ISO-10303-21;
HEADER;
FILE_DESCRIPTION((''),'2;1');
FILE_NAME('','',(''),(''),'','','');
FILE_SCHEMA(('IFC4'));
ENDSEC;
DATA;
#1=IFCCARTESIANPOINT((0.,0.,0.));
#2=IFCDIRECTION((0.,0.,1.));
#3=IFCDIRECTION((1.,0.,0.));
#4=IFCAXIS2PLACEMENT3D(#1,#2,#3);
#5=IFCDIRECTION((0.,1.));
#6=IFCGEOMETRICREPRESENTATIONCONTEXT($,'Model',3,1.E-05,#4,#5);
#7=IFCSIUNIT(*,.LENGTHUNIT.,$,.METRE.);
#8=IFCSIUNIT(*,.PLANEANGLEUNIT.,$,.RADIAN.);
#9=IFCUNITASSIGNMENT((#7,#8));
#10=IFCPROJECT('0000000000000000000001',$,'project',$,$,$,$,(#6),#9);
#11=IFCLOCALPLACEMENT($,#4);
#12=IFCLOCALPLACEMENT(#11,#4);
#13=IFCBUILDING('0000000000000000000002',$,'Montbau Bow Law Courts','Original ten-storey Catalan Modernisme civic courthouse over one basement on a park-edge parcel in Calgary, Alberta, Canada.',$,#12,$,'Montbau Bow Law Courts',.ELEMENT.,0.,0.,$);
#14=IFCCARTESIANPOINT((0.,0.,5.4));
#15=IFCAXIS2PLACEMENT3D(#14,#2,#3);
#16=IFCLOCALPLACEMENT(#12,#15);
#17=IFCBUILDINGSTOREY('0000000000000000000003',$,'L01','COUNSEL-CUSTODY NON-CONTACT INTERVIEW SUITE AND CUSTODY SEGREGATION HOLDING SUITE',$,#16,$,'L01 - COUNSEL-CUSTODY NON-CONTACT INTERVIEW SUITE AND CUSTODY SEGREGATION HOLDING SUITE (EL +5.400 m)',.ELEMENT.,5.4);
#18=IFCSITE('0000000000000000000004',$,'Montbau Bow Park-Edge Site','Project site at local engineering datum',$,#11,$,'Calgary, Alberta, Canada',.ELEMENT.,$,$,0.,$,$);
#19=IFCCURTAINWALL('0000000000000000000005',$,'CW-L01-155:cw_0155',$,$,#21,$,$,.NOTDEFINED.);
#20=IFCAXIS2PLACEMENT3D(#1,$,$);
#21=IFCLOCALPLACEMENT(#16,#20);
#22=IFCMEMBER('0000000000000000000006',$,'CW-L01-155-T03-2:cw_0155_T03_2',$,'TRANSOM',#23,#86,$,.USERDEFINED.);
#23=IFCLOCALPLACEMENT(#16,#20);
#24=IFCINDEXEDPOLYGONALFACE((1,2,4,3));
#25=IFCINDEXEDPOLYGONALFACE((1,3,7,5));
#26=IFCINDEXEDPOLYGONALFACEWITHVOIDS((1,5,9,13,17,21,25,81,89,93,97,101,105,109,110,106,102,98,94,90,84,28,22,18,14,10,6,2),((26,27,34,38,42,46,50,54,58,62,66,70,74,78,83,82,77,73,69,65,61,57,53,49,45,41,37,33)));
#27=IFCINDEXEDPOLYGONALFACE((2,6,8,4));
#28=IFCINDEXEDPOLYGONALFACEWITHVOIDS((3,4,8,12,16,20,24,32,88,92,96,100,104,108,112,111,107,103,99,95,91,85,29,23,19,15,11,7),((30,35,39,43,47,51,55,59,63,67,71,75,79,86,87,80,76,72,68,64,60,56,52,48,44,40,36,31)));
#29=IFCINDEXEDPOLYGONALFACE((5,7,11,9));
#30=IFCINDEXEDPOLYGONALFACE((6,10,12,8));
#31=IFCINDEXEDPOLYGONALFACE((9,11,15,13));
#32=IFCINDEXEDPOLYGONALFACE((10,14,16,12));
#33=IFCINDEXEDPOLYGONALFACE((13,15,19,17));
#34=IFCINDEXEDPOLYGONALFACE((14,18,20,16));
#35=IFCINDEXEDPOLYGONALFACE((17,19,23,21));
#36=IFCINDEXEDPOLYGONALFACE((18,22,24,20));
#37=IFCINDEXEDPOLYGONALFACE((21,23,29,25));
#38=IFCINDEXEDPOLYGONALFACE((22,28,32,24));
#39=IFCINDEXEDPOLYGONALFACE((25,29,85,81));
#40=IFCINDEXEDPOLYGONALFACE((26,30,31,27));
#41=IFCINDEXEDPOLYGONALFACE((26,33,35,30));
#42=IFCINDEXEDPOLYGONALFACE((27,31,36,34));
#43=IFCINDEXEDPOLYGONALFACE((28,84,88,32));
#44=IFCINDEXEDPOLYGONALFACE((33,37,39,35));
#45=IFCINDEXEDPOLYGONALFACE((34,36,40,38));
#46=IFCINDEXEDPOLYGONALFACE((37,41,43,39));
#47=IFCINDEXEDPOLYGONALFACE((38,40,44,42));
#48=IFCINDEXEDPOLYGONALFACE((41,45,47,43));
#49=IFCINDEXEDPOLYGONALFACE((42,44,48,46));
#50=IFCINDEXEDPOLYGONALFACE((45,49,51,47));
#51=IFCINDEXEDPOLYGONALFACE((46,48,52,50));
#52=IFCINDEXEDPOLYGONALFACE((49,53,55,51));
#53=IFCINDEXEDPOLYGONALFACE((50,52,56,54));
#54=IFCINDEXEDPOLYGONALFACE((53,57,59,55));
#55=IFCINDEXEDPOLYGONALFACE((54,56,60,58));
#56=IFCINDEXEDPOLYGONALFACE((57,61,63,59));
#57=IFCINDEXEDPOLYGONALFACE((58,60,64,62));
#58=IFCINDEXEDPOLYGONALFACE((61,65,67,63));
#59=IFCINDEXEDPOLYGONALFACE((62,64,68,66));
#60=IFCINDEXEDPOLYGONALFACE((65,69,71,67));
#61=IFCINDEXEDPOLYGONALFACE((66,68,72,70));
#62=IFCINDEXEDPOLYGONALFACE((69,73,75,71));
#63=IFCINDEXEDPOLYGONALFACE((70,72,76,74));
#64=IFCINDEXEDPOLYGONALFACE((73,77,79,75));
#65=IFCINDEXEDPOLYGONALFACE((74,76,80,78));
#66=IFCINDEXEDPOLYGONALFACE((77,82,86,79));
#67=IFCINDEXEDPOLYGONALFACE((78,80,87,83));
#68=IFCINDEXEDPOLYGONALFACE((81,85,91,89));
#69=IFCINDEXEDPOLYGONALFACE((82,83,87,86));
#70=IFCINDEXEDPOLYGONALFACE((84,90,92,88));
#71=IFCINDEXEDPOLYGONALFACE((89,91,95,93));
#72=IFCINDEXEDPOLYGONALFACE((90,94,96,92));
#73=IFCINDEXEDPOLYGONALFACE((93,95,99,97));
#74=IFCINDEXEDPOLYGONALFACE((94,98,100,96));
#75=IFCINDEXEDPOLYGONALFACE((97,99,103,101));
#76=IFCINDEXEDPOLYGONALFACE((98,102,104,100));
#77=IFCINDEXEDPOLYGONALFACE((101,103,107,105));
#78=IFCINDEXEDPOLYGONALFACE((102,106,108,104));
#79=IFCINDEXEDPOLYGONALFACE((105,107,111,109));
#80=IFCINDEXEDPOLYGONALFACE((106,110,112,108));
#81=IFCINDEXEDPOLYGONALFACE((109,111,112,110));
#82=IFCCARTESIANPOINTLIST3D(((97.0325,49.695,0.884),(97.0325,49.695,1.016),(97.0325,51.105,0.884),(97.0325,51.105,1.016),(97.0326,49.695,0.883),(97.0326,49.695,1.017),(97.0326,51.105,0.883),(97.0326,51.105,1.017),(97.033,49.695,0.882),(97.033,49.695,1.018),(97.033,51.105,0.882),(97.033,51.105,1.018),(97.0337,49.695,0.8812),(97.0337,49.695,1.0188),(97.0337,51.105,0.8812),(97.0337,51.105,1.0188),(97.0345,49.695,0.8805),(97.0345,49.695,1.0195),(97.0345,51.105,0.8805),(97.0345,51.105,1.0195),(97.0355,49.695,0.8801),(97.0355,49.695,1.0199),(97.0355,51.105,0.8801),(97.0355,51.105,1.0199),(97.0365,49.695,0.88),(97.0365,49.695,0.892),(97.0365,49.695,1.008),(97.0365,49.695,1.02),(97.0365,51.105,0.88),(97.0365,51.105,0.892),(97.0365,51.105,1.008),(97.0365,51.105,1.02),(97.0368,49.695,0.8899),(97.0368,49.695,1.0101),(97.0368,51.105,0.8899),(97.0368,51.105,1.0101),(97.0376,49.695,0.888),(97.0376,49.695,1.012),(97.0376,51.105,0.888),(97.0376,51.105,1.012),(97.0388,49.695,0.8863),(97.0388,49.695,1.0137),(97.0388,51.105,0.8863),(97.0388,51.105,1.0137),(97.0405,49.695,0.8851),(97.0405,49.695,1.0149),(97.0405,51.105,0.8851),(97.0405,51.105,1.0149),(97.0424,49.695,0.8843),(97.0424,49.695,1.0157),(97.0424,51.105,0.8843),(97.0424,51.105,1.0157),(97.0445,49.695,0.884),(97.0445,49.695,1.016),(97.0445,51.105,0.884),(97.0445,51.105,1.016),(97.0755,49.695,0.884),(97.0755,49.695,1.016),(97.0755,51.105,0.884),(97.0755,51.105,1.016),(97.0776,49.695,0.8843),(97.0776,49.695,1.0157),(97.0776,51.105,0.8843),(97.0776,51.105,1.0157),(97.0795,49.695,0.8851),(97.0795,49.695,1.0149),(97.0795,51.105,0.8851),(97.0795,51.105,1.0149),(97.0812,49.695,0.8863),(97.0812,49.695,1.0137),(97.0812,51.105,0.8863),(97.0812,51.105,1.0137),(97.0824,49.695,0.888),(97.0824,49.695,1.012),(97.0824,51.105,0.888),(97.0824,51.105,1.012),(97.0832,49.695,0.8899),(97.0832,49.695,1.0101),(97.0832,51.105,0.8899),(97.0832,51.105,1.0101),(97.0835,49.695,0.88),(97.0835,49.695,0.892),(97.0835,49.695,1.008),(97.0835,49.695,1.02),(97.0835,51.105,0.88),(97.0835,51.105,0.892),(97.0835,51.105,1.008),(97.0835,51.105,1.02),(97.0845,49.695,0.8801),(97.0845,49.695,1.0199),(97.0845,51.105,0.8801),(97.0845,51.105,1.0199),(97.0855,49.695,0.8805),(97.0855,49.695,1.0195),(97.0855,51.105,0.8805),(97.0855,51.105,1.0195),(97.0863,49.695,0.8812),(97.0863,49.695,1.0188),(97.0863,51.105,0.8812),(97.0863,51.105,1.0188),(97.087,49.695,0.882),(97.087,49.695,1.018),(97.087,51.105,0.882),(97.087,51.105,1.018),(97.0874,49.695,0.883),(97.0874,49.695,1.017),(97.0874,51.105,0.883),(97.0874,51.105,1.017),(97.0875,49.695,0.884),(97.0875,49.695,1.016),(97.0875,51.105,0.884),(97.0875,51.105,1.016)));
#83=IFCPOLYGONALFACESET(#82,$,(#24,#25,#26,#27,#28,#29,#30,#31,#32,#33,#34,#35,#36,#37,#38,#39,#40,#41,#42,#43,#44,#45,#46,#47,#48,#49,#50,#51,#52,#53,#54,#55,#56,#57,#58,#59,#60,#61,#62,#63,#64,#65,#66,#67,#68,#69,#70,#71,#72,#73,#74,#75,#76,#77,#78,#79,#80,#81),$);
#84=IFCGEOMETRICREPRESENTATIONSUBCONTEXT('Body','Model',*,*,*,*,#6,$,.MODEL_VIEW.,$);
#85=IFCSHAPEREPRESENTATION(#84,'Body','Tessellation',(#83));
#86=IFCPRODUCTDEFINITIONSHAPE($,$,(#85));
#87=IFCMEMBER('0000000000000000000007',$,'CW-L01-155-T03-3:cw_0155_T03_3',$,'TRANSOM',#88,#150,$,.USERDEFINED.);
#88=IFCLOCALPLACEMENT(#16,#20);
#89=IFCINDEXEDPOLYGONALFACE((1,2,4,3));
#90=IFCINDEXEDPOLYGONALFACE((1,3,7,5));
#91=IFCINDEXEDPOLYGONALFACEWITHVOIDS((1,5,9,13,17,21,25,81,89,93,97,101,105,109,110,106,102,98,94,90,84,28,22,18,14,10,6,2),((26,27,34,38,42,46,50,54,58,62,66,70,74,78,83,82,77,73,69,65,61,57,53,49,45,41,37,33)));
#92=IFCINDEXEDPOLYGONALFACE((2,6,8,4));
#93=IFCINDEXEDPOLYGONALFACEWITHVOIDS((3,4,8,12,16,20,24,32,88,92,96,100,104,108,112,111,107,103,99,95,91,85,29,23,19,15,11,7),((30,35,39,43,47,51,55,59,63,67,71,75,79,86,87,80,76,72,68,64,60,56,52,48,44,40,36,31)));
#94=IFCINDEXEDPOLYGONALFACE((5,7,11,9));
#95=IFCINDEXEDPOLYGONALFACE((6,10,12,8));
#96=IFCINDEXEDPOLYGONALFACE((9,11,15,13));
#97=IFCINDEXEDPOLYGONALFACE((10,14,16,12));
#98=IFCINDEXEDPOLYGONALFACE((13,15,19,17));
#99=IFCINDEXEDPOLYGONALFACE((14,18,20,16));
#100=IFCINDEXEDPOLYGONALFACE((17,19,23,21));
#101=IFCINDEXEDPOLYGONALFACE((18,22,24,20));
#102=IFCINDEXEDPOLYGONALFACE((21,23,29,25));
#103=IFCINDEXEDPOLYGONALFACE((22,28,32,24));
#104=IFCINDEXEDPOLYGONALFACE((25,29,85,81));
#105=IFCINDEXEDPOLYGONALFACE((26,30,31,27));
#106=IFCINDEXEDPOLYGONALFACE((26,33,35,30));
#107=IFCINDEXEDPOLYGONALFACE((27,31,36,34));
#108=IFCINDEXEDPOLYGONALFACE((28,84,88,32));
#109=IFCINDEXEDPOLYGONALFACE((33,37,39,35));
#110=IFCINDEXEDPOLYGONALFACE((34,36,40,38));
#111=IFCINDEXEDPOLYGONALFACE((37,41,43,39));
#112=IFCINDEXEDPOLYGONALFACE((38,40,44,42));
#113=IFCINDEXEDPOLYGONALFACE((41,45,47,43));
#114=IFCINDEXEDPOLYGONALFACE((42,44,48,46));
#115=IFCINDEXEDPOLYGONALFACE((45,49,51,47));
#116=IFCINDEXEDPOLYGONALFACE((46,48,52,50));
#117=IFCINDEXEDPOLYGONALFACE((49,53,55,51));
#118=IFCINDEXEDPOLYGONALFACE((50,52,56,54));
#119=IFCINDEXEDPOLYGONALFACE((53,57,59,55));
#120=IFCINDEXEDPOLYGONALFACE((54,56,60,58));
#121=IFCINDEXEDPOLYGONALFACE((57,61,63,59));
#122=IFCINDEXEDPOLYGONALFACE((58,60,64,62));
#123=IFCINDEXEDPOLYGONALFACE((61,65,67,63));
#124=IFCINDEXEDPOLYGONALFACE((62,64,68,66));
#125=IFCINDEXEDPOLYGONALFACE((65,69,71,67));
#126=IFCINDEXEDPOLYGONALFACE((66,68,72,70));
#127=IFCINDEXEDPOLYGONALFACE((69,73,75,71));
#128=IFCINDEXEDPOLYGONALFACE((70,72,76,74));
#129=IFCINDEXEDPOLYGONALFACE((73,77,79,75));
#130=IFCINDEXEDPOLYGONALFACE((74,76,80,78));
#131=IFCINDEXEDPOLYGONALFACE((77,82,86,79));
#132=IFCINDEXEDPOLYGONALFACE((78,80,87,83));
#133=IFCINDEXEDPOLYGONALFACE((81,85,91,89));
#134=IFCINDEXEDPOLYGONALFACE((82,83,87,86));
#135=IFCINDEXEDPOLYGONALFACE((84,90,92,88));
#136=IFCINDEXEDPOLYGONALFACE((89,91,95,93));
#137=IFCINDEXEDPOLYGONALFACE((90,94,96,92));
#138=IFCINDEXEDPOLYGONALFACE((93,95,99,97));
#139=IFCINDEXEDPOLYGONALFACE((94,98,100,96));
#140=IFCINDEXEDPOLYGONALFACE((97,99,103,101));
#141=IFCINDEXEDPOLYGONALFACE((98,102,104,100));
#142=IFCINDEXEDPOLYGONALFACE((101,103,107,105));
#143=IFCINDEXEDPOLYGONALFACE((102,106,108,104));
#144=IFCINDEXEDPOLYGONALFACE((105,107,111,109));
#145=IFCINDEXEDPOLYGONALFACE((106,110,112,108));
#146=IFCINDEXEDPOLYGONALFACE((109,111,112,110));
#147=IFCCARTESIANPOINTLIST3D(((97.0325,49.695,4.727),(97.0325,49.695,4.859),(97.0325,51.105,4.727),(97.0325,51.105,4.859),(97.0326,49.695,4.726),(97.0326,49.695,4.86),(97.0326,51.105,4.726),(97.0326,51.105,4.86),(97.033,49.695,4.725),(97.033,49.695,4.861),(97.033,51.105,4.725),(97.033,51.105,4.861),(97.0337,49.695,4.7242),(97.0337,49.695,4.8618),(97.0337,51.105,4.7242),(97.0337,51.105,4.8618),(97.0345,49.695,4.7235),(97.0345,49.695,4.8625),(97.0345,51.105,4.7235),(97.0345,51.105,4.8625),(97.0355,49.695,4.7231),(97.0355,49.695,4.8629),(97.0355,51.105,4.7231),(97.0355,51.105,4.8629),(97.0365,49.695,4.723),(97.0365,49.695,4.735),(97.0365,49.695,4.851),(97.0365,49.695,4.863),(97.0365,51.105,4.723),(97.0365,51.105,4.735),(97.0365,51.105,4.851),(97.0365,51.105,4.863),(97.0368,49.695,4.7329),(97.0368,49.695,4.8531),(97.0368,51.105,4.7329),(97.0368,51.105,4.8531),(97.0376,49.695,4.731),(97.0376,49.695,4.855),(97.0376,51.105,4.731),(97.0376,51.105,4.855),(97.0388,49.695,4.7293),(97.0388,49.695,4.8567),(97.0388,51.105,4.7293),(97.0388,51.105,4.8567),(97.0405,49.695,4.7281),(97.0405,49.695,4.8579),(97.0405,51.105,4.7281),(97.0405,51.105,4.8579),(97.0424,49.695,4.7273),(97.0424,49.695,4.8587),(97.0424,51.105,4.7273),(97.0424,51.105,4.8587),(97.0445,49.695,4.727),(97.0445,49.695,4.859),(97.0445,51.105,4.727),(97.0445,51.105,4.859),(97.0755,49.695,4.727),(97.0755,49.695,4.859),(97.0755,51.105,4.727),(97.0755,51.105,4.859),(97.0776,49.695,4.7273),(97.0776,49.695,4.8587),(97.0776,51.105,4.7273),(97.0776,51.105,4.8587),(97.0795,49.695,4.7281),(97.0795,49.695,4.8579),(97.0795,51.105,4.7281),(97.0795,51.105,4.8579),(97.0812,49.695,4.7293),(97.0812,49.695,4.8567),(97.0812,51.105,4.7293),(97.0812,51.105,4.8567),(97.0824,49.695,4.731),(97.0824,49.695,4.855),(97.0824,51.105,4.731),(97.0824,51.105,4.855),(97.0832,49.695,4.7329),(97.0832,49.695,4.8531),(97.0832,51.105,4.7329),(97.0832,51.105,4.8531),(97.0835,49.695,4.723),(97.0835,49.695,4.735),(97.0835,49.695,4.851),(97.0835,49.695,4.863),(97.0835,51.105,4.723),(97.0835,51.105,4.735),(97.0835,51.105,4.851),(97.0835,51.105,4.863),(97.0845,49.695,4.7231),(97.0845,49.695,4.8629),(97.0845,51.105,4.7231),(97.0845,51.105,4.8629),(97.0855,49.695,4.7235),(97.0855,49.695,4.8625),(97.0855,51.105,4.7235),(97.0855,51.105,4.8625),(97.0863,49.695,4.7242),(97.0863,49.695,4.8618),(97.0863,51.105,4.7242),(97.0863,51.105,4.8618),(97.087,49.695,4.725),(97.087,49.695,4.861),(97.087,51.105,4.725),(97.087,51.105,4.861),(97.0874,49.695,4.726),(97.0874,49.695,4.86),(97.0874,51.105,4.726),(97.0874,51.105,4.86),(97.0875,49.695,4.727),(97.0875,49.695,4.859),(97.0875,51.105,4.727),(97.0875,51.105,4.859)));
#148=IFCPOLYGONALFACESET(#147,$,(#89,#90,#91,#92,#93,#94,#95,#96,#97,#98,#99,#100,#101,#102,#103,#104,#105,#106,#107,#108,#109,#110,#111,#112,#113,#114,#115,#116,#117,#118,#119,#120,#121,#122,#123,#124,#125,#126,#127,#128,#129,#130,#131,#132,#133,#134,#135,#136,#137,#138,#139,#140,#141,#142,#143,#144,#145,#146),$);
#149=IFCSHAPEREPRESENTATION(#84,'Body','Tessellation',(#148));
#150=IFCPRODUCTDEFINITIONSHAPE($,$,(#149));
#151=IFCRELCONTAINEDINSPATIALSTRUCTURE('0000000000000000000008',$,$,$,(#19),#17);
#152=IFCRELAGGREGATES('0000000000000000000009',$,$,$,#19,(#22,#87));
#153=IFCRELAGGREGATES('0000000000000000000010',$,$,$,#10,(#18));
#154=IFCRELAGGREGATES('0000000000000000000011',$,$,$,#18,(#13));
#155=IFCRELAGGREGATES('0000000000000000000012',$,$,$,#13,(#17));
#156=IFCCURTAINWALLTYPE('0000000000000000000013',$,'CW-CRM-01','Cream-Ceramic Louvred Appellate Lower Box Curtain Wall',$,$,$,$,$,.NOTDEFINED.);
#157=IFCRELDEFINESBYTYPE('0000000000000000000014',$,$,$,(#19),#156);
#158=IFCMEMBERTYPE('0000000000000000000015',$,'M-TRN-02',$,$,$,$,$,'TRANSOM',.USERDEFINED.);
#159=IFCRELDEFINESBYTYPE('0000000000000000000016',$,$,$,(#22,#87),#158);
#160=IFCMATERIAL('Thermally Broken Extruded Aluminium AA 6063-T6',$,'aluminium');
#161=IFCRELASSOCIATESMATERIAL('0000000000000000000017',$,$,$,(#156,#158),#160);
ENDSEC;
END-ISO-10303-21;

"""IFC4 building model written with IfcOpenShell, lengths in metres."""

from ifc_helpers import new_model, si_unit, direction, frame, origin_with_axes, origin_2d_with_axis, place, context, subcontext, project, spatial, hollow_rectangle, extrude, material, material_profile, profile_set, type_object, element, aggregate, save


model = new_model("IFC4")

# Units and contexts
model_context = context("Model", 3, precision=1e-05, world=origin_with_axes(), true_north=direction((0.0, 1.0)))
body_context = subcontext(model_context, "Body", "Model", "MODEL_VIEW")
ifc_project = project(units=[si_unit("LENGTHUNIT", "METRE"), si_unit("PLANEANGLEUNIT", "RADIAN")], contexts=[model_context])

# Site, building, storey
site_placement = place(None, origin_with_axes())
site = spatial("IfcSite", under=ifc_project, at=site_placement, Name="Montbau Bow Park-Edge Site", Description="Project site at local engineering datum", LongName="Calgary, Alberta, Canada", CompositionType="ELEMENT", RefElevation=0.0)
building_placement = place(site_placement, origin_with_axes())
building = spatial("IfcBuilding", under=site, at=building_placement, Name="Montbau Bow Law Courts", Description="Original ten-storey Catalan Modernisme civic courthouse over one basement on a park-edge parcel in Calgary, Alberta, Canada.", LongName="Montbau Bow Law Courts", CompositionType="ELEMENT", ElevationOfRefHeight=0.0, ElevationOfTerrain=0.0)
storey_placement = place(building_placement, frame((0.0, 0.0, 5.4), z_axis=(0.0, 0.0, 1.0), x_axis=(1.0, 0.0, 0.0)))
storey = spatial("IfcBuildingStorey", under=building, at=storey_placement, Name="L01", Description="COUNSEL-CUSTODY NON-CONTACT INTERVIEW SUITE AND CUSTODY SEGREGATION HOLDING SUITE", LongName="L01 - COUNSEL-CUSTODY NON-CONTACT INTERVIEW SUITE AND CUSTODY SEGREGATION HOLDING SUITE (EL +5.400 m)", CompositionType="ELEMENT", Elevation=5.4)

# Shared definitions
ifc_material_1 = material(Name="Thermally Broken Extruded Aluminium AA 6063-T6", Category="aluminium")
curtain_wall_type = type_object("IfcCurtainWallType", Name="CW-CRM-01", Description="Cream-Ceramic Louvred Appellate Lower Box Curtain Wall", PredefinedType="NOTDEFINED", material=ifc_material_1)

# Curtain wall
curtain_wall_1_placement = place(None, frame((97.06, 46.715, 5.4), z_axis=(0.0, 0.0, 1.0), x_axis=(1.0, 0.0, 0.0)))
curtain_wall_1 = element("IfcCurtainWall", 1, at=curtain_wall_1_placement, inside=storey, type_object=curtain_wall_type, Name="CW-L01-155:cw_0155", PredefinedType="NOTDEFINED")

# Members
ifc_material_profile_1 = material_profile(ifc_material_1, hollow_rectangle(XDim=0.055, YDim=0.14, WallThickness=0.004, InnerFilletRadius=0.008, OuterFilletRadius=0.004, at=origin_2d_with_axis()), Name="CWT-140X55", Category="Main", Priority=0)
ifc_profile_set_1 = profile_set([ifc_material_profile_1], Name="Thermally Broken Extruded Aluminium AA 6063-T6")
member_type_1 = type_object("IfcMemberType", Name="M-TRN-02", ElementType="TRANSOM", PredefinedType="USERDEFINED", material=ifc_profile_set_1)
member_1_placement = place(None, frame((97.06, 49.695, 6.35), z_axis=(0.0, 1.0, 0.0), x_axis=(-1.0, 0.0, 0.0)))
member_1 = element("IfcMember", 2, at=member_1_placement, type_object=member_type_1, Name="CW-L01-155-T03-2:cw_0155_T03_2", ObjectType="TRANSOM", PredefinedType="USERDEFINED", context=body_context, shape_type="SweptSolid", body=[
    extrude(hollow_rectangle(XDim=0.055, YDim=0.14, WallThickness=0.004, InnerFilletRadius=0.008, OuterFilletRadius=0.004, at=origin_2d_with_axis()), origin_with_axes(), (0.0, 0.0, 1.0), 1.41),
])
member_2_placement = place(None, frame((97.06, 49.695, 10.193), z_axis=(0.0, 1.0, 0.0), x_axis=(-1.0, 0.0, 0.0)))
member_2 = element("IfcMember", 3, at=member_2_placement, type_object=member_type_1, Name="CW-L01-155-T03-3:cw_0155_T03_3", ObjectType="TRANSOM", PredefinedType="USERDEFINED", context=body_context, shape_type="SweptSolid", body=[
    extrude(hollow_rectangle(XDim=0.055, YDim=0.14, WallThickness=0.004, InnerFilletRadius=0.008, OuterFilletRadius=0.004, at=origin_2d_with_axis()), origin_with_axes(), (0.0, 0.0, 1.0), 1.41),
])

aggregate(curtain_wall_1, [member_1, member_2])

save(model, "model.ifc")
